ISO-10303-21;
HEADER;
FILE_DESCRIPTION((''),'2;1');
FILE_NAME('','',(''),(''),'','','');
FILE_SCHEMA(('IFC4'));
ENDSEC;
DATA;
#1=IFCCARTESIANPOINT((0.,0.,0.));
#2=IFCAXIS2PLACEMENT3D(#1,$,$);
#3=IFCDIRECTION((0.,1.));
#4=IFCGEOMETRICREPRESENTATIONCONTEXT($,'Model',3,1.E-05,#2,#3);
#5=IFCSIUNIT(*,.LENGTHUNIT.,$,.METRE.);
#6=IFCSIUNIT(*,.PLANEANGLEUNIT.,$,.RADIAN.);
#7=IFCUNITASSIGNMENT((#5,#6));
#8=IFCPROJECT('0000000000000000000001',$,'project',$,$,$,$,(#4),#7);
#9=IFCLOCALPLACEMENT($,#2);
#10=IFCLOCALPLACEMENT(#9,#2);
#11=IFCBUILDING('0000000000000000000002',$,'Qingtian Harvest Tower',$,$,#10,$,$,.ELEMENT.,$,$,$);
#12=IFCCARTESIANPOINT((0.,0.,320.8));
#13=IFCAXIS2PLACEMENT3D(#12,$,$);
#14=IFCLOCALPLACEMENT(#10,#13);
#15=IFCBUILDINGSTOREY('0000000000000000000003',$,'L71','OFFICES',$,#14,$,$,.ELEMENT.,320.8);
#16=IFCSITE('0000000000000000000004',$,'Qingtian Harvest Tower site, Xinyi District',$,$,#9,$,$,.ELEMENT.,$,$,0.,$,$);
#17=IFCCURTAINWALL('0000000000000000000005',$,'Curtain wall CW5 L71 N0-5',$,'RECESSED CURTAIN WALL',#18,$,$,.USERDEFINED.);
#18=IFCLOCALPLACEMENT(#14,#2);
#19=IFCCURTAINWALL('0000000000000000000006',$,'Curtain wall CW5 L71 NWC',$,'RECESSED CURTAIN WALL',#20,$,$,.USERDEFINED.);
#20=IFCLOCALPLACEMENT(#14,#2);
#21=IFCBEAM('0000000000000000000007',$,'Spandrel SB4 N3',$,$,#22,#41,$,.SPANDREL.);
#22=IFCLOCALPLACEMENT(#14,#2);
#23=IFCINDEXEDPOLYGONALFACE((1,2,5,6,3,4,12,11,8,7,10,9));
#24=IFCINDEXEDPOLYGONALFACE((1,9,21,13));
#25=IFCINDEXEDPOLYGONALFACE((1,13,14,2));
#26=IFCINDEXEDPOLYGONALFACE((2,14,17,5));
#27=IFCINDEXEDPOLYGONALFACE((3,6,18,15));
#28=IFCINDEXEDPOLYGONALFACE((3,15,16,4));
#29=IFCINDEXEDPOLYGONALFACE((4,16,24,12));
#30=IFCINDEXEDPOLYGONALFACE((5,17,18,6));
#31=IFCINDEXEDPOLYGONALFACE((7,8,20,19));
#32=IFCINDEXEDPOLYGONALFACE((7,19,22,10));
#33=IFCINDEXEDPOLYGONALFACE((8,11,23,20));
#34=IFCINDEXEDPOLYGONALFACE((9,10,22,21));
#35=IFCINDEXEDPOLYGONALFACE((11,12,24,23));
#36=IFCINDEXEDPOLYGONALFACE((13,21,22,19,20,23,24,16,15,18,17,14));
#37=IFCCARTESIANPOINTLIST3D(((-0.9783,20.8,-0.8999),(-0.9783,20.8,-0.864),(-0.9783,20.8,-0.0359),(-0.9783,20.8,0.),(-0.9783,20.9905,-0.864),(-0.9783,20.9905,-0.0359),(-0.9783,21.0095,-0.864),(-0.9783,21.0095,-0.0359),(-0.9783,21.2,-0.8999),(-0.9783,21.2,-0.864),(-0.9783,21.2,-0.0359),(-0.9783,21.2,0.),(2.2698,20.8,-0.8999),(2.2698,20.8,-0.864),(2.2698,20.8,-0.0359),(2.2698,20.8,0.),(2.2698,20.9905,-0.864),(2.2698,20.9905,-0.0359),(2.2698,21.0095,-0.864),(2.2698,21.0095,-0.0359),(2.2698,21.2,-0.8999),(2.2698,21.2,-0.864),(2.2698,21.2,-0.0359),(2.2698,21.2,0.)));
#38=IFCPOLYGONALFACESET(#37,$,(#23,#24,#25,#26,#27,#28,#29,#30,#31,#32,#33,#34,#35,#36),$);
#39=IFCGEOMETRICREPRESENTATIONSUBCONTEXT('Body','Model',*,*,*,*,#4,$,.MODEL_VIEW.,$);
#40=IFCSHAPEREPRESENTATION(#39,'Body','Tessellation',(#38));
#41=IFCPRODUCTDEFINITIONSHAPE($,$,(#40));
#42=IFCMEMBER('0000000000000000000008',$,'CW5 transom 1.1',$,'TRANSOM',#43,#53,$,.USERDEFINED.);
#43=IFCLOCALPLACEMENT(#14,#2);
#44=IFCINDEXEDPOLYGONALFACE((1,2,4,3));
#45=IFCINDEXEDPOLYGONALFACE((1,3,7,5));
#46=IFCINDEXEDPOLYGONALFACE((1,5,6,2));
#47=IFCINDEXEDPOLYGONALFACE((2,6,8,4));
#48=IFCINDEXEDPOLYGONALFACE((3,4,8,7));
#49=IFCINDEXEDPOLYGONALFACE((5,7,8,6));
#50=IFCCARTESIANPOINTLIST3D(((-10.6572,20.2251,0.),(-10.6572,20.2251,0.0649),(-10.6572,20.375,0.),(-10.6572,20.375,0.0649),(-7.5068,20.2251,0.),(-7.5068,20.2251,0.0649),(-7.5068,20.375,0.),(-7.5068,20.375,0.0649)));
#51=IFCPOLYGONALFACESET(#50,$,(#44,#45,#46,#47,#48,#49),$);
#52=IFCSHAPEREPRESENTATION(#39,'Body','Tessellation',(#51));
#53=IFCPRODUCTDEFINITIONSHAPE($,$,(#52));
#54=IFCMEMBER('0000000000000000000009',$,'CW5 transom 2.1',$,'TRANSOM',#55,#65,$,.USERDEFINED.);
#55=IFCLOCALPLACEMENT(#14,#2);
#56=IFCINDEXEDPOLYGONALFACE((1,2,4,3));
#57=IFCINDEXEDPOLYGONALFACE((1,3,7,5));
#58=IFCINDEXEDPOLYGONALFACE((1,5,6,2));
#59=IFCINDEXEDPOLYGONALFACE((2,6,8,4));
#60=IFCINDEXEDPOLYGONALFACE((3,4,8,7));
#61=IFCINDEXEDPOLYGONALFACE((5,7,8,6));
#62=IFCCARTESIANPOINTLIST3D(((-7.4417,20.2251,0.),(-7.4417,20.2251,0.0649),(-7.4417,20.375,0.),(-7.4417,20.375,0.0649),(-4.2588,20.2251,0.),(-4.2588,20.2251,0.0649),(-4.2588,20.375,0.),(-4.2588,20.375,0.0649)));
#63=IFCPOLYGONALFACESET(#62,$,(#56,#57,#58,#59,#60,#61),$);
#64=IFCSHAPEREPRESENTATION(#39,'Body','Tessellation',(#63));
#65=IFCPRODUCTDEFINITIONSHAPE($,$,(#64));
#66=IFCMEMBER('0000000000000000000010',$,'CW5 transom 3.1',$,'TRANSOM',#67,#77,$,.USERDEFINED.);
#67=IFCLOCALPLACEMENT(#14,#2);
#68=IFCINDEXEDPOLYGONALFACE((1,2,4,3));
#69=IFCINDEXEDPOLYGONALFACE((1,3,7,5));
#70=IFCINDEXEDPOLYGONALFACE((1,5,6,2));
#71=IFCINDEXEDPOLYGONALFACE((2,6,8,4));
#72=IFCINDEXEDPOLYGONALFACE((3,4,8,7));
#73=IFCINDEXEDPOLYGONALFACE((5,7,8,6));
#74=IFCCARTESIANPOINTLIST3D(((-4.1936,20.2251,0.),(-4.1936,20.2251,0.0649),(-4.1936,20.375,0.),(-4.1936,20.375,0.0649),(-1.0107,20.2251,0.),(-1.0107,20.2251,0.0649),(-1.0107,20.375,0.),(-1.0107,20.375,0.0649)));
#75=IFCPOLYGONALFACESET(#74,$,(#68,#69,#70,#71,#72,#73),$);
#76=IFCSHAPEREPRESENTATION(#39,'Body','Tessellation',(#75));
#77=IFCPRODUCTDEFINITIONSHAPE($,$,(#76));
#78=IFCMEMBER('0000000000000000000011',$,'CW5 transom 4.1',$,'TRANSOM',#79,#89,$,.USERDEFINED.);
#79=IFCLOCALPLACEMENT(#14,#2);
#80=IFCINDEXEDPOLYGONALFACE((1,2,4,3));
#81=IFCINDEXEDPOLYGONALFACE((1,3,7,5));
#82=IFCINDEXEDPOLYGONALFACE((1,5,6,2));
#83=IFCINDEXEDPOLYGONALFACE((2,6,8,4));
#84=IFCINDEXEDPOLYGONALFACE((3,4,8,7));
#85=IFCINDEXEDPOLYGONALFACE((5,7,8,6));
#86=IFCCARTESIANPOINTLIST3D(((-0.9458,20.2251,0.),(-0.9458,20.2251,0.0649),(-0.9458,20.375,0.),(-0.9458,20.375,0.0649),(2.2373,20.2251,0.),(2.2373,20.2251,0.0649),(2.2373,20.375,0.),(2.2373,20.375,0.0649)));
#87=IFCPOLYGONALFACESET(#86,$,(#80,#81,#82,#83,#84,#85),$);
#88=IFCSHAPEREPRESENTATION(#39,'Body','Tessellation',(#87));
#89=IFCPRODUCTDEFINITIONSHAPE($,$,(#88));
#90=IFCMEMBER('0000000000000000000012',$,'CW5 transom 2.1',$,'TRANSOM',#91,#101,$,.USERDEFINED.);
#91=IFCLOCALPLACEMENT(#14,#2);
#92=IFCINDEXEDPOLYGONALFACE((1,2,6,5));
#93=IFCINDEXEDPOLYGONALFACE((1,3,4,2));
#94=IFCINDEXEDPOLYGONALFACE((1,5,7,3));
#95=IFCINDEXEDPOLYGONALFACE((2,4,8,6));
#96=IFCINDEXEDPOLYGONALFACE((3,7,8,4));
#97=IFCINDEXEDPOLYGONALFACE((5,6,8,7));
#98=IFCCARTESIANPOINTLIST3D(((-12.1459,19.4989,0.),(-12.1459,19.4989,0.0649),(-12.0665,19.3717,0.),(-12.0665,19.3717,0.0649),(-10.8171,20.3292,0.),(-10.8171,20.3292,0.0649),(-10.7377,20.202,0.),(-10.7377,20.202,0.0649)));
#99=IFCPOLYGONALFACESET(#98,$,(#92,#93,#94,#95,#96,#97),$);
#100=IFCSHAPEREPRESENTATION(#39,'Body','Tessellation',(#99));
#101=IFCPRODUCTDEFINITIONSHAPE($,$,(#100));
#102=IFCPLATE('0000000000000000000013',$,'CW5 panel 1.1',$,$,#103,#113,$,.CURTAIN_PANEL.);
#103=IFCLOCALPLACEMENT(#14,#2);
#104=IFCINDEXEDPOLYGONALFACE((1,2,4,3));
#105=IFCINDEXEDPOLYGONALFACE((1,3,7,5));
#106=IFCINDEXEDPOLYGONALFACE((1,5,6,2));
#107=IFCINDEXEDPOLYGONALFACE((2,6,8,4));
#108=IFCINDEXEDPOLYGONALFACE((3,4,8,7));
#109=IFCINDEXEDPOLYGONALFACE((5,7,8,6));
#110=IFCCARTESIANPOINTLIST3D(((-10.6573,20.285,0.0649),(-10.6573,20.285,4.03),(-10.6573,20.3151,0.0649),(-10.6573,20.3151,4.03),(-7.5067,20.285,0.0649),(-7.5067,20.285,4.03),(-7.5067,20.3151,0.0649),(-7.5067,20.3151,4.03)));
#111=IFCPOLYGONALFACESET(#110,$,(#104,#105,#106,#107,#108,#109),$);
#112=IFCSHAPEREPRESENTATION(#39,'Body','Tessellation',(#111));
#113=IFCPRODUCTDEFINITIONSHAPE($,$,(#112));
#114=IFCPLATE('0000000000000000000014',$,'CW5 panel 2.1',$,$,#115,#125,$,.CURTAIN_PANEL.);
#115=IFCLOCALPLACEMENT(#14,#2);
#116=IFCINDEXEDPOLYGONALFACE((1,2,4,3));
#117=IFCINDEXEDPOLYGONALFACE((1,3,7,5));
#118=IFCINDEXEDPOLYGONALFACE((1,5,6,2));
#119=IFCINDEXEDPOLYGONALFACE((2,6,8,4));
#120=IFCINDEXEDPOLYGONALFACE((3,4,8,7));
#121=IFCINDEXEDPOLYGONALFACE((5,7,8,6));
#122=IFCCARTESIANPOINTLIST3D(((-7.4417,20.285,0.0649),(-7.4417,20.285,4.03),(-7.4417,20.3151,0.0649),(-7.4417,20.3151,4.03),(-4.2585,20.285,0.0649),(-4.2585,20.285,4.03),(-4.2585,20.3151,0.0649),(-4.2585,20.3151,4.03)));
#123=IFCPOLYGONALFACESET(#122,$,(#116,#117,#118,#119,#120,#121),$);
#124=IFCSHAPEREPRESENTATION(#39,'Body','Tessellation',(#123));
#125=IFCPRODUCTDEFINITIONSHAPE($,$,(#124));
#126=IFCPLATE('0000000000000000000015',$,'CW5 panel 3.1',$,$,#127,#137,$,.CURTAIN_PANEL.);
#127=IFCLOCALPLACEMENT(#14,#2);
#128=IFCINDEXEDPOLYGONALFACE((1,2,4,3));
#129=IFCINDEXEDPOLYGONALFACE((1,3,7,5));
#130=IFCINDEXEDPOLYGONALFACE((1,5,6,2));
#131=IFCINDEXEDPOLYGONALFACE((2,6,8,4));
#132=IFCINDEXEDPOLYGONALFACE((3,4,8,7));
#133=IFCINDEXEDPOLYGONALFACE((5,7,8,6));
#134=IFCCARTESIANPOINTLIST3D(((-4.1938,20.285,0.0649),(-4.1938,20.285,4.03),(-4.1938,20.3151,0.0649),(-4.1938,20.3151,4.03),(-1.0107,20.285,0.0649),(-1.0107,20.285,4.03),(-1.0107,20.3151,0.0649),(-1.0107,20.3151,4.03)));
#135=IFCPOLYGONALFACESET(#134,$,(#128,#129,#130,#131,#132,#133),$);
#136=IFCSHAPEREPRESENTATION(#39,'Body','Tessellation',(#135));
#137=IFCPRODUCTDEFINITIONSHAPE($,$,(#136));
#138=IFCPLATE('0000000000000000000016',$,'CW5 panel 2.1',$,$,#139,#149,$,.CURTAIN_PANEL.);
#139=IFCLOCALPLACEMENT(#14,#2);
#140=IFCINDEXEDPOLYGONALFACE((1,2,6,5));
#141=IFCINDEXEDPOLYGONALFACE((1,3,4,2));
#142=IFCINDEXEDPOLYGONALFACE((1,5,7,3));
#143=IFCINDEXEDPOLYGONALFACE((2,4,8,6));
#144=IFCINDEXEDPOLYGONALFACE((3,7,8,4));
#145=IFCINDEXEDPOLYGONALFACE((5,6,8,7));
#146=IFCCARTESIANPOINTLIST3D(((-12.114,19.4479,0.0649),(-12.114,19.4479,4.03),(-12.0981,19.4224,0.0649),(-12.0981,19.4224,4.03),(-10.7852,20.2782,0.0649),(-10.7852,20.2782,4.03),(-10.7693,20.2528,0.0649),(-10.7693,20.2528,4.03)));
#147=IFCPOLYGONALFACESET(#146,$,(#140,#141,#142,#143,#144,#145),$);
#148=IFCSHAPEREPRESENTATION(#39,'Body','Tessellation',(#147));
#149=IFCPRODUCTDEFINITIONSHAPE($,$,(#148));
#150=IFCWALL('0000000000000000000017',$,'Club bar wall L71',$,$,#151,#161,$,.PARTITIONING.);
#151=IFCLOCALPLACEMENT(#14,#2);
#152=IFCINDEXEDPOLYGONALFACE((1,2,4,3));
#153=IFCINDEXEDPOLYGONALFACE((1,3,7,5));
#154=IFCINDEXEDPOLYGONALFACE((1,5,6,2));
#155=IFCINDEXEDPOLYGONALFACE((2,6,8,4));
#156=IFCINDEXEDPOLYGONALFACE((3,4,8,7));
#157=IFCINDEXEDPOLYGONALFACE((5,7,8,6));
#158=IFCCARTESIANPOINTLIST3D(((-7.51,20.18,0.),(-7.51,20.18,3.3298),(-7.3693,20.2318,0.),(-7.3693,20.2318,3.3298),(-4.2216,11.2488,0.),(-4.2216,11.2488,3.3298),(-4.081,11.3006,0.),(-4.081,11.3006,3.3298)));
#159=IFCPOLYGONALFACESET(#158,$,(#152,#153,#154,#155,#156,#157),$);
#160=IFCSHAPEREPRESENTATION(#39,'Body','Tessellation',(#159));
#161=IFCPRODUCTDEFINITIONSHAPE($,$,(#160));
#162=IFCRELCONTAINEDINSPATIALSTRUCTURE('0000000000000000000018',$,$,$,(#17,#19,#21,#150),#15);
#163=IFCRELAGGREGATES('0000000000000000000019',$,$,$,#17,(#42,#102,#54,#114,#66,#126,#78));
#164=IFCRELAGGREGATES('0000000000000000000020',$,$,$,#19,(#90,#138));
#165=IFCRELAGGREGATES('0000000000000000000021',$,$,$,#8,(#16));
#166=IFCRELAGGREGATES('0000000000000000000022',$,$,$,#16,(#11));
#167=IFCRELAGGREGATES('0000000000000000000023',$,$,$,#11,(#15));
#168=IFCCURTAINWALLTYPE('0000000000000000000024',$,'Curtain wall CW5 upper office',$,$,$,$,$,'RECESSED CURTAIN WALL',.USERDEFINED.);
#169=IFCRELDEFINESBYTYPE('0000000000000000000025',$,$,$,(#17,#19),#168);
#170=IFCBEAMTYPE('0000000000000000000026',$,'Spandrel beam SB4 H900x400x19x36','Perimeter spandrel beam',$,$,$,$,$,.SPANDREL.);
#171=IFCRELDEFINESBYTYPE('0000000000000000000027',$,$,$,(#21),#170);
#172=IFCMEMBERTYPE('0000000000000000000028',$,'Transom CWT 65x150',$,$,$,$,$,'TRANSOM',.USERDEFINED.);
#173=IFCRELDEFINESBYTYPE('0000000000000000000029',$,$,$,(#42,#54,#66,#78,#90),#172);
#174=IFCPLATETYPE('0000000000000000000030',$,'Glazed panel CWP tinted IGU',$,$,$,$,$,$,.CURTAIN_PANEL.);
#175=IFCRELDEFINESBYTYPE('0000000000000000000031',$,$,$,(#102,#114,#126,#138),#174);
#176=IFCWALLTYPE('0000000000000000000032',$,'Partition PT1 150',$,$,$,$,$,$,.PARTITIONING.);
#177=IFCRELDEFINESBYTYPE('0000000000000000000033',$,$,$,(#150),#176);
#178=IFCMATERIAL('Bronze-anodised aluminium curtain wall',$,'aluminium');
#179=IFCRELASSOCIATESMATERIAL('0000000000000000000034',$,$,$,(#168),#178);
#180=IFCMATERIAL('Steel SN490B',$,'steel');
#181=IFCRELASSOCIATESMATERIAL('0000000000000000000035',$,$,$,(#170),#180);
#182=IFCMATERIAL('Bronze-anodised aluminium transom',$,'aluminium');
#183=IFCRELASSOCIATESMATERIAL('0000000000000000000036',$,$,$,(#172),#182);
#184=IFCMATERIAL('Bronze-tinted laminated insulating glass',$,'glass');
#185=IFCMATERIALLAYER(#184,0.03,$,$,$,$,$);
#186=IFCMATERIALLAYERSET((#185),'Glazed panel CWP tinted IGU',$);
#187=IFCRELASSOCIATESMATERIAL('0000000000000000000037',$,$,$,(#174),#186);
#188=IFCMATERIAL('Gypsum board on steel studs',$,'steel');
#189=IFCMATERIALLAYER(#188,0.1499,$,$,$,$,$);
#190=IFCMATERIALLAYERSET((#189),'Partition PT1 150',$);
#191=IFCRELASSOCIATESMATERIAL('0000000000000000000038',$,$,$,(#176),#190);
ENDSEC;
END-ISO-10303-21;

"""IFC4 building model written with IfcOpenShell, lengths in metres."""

from ifc_helpers import new_model, si_unit, direction, frame, frame_2d, origin, origin_2d, place, context, subcontext, project, spatial, rectangle, i_section, extrude, material, layer, layer_set, material_profile, profile_set, type_object, element, aggregate, save


model = new_model("IFC4")

# Units and contexts
model_context = context("Model", 3, precision=1e-05, world=origin(), true_north=direction((0.0, 1.0)))
body_context = subcontext(model_context, "Body", "Model", "MODEL_VIEW")
ifc_project = project(units=[si_unit("LENGTHUNIT", "METRE"), si_unit("PLANEANGLEUNIT", "RADIAN")], contexts=[model_context])

# Site, building, storey
site_placement = place(None, origin())
site = spatial("IfcSite", under=ifc_project, at=site_placement, Name="Qingtian Harvest Tower site, Xinyi District", CompositionType="ELEMENT", RefElevation=0.0)
building_placement = place(site_placement, origin())
building = spatial("IfcBuilding", under=site, at=building_placement, Name="Qingtian Harvest Tower", CompositionType="ELEMENT")
storey_placement = place(building_placement, frame((0.0, 0.0, 320.8)))
storey = spatial("IfcBuildingStorey", under=building, at=storey_placement, Name="L71", Description="OFFICES", CompositionType="ELEMENT", Elevation=320.8)

# Curtain wall
ifc_material_1 = material(Name="Bronze-anodised aluminium curtain wall", Category="aluminium")
curtain_wall_type = type_object("IfcCurtainWallType", Name="Curtain wall CW5 upper office", ElementType="RECESSED CURTAIN WALL", PredefinedType="USERDEFINED", material=ifc_material_1)
curtain_wall_1_placement = place(storey_placement, origin())
curtain_wall_1 = element("IfcCurtainWall", 1, at=curtain_wall_1_placement, inside=storey, type_object=curtain_wall_type, Name="Curtain wall CW5 L71 N0-5", ObjectType="RECESSED CURTAIN WALL", PredefinedType="USERDEFINED")

# Curtain wall
curtain_wall_2_placement = place(storey_placement, origin())
curtain_wall_2 = element("IfcCurtainWall", 2, at=curtain_wall_2_placement, inside=storey, type_object=curtain_wall_type, Name="Curtain wall CW5 L71 NWC", ObjectType="RECESSED CURTAIN WALL", PredefinedType="USERDEFINED")

# Beam
ifc_material_2 = material(Name="Steel SN490B", Category="steel")
ifc_material_profile_1 = material_profile(ifc_material_2, i_section(OverallWidth=0.3999, OverallDepth=0.8999, WebThickness=0.019, FlangeThickness=0.0359, at=origin_2d()), Name="H900x400x19x36")
ifc_profile_set_1 = profile_set([ifc_material_profile_1], Name="Steel SN490B")
beam_type_1 = type_object("IfcBeamType", Name="Spandrel beam SB4 H900x400x19x36", Description="Perimeter spandrel beam", PredefinedType="SPANDREL", material=ifc_profile_set_1)
for number, where, z_axis, x_axis, name in (
    (3, (-0.9783, 21.0, -0.45), (1.0, 0.0, 0.0), (0.0, 1.0, 0.0), "Spandrel SB4 N3"),
):
    element("IfcBeam", number, at=place(storey_placement, frame(where, z_axis=z_axis, x_axis=x_axis)), inside=storey, type_object=beam_type_1, Name=name, PredefinedType="SPANDREL", context=body_context, shape_type="SweptSolid", body=[
        extrude(i_section(OverallWidth=0.3999, OverallDepth=0.8999, WebThickness=0.019, FlangeThickness=0.0359, at=origin_2d()), origin(), (0.0, 0.0, 1.0), 3.248),
    ])

# Members
ifc_material_3 = material(Name="Bronze-anodised aluminium transom", Category="aluminium")
ifc_material_profile_2 = material_profile(ifc_material_3, rectangle(XDim=0.1499, YDim=0.0649, at=origin_2d()), Name="AL 65x150")
ifc_profile_set_2 = profile_set([ifc_material_profile_2], Name="Bronze-anodised aluminium transom")
member_type_1 = type_object("IfcMemberType", Name="Transom CWT 65x150", ElementType="TRANSOM", PredefinedType="USERDEFINED", material=ifc_profile_set_2)
member_1_placement = place(storey_placement, frame((-10.6572, 20.3, 0.0325), z_axis=(1.0, 0.0, 0.0), x_axis=(0.0, 1.0, 0.0)))
member_1 = element("IfcMember", 4, at=member_1_placement, type_object=member_type_1, Name="CW5 transom 1.1", ObjectType="TRANSOM", PredefinedType="USERDEFINED", context=body_context, shape_type="SweptSolid", body=[
    extrude(rectangle(XDim=0.1499, YDim=0.0649, at=origin_2d()), origin(), (0.0, 0.0, 1.0), 3.1504),
])
member_2_placement = place(storey_placement, frame((-7.4417, 20.3, 0.0325), z_axis=(1.0, 0.0, 0.0), x_axis=(0.0, 1.0, 0.0)))
member_2 = element("IfcMember", 5, at=member_2_placement, type_object=member_type_1, Name="CW5 transom 2.1", ObjectType="TRANSOM", PredefinedType="USERDEFINED", context=body_context, shape_type="SweptSolid", body=[
    extrude(rectangle(XDim=0.1499, YDim=0.0649, at=origin_2d()), origin(), (0.0, 0.0, 1.0), 3.1829),
])
member_3_placement = place(storey_placement, frame((-4.1936, 20.3, 0.0325), z_axis=(1.0, 0.0, 0.0), x_axis=(0.0, 1.0, 0.0)))
member_3 = element("IfcMember", 6, at=member_3_placement, type_object=member_type_1, Name="CW5 transom 3.1", ObjectType="TRANSOM", PredefinedType="USERDEFINED", context=body_context, shape_type="SweptSolid", body=[
    extrude(rectangle(XDim=0.1499, YDim=0.0649, at=origin_2d()), origin(), (0.0, 0.0, 1.0), 3.1829),
])
member_4_placement = place(storey_placement, frame((-0.9458, 20.3, 0.0325), z_axis=(1.0, 0.0, 0.0), x_axis=(0.0, 1.0, 0.0)))
member_4 = element("IfcMember", 7, at=member_4_placement, type_object=member_type_1, Name="CW5 transom 4.1", ObjectType="TRANSOM", PredefinedType="USERDEFINED", context=body_context, shape_type="SweptSolid", body=[
    extrude(rectangle(XDim=0.1499, YDim=0.0649, at=origin_2d()), origin(), (0.0, 0.0, 1.0), 3.1831),
])
member_5_placement = place(storey_placement, frame((-12.1062, 19.4353, 0.0325), z_axis=(0.84806, 0.529901, 0.0), x_axis=(-0.529901, 0.84806, 0.0)))
member_5 = element("IfcMember", 8, at=member_5_placement, type_object=member_type_1, Name="CW5 transom 2.1", ObjectType="TRANSOM", PredefinedType="USERDEFINED", context=body_context, shape_type="SweptSolid", body=[
    extrude(rectangle(XDim=0.1499, YDim=0.0649, at=origin_2d()), origin(), (0.0, 0.0, 1.0), 1.5669),
])

# Plates
ifc_material_4 = material(Name="Bronze-tinted laminated insulating glass", Category="glass")
ifc_layer_1 = layer(ifc_material_4, 0.03)
ifc_layer_set_1 = layer_set([ifc_layer_1], Name="Glazed panel CWP tinted IGU")
plate_type = type_object("IfcPlateType", Name="Glazed panel CWP tinted IGU", PredefinedType="CURTAIN_PANEL", material=ifc_layer_set_1)
plate_1_placement = place(storey_placement, frame((-9.082, 20.3, 0.0649), z_axis=(0.0, 0.0, 1.0), x_axis=(1.0, 0.0, 0.0)))
plate_1 = element("IfcPlate", 9, at=plate_1_placement, type_object=plate_type, Name="CW5 panel 1.1", PredefinedType="CURTAIN_PANEL", context=body_context, shape_type="SweptSolid", body=[
    extrude(rectangle(XDim=3.1506, YDim=0.03, at=origin_2d()), origin(), (0.0, 0.0, 1.0), 3.9651),
])
plate_2_placement = place(storey_placement, frame((-5.8501, 20.3, 0.0649), z_axis=(0.0, 0.0, 1.0), x_axis=(1.0, 0.0, 0.0)))
plate_2 = element("IfcPlate", 10, at=plate_2_placement, type_object=plate_type, Name="CW5 panel 2.1", PredefinedType="CURTAIN_PANEL", context=body_context, shape_type="SweptSolid", body=[
    extrude(rectangle(XDim=3.1831, YDim=0.03, at=origin_2d()), origin(), (0.0, 0.0, 1.0), 3.9651),
])
plate_3_placement = place(storey_placement, frame((-2.6023, 20.3, 0.0649), z_axis=(0.0, 0.0, 1.0), x_axis=(1.0, 0.0, 0.0)))
plate_3 = element("IfcPlate", 11, at=plate_3_placement, type_object=plate_type, Name="CW5 panel 3.1", PredefinedType="CURTAIN_PANEL", context=body_context, shape_type="SweptSolid", body=[
    extrude(rectangle(XDim=3.1831, YDim=0.03, at=origin_2d()), origin(), (0.0, 0.0, 1.0), 3.9651),
])
aggregate(curtain_wall_1, [member_1, plate_1, member_2, plate_2, member_3, plate_3, member_4])
plate_4_placement = place(storey_placement, frame((-11.4417, 19.8503, 0.0649), z_axis=(0.0, 0.0, 1.0), x_axis=(0.848048, 0.529919, 0.0)))
plate_4 = element("IfcPlate", 12, at=plate_4_placement, type_object=plate_type, Name="CW5 panel 2.1", PredefinedType="CURTAIN_PANEL", context=body_context, shape_type="SweptSolid", body=[
    extrude(rectangle(XDim=1.5669, YDim=0.03, at=origin_2d()), origin(), (0.0, 0.0, 1.0), 3.9651),
])
aggregate(curtain_wall_2, [member_5, plate_4])

# Wall
ifc_material_5 = material(Name="Gypsum board on steel studs", Category="steel")
ifc_layer_2 = layer(ifc_material_5, 0.1499)
ifc_layer_set_2 = layer_set([ifc_layer_2], Name="Partition PT1 150")
wall_type = type_object("IfcWallType", Name="Partition PT1 150", PredefinedType="PARTITIONING", material=ifc_layer_set_2)
wall_placement = place(storey_placement, frame((-7.4397, 20.2061, 0.0), z_axis=(0.0, 0.0, 1.0), x_axis=(0.345512, -0.938414, 0.0)))
element("IfcWall", 13, at=wall_placement, inside=storey, type_object=wall_type, Name="Club bar wall L71", PredefinedType="PARTITIONING", context=body_context, shape_type="SweptSolid", body=[
    extrude(rectangle(XDim=9.5173, YDim=0.1499, at=frame_2d((4.7588, 0.0))), origin(), (0.0, 0.0, 1.0), 3.3298),
])

save(model, "model.ifc")
